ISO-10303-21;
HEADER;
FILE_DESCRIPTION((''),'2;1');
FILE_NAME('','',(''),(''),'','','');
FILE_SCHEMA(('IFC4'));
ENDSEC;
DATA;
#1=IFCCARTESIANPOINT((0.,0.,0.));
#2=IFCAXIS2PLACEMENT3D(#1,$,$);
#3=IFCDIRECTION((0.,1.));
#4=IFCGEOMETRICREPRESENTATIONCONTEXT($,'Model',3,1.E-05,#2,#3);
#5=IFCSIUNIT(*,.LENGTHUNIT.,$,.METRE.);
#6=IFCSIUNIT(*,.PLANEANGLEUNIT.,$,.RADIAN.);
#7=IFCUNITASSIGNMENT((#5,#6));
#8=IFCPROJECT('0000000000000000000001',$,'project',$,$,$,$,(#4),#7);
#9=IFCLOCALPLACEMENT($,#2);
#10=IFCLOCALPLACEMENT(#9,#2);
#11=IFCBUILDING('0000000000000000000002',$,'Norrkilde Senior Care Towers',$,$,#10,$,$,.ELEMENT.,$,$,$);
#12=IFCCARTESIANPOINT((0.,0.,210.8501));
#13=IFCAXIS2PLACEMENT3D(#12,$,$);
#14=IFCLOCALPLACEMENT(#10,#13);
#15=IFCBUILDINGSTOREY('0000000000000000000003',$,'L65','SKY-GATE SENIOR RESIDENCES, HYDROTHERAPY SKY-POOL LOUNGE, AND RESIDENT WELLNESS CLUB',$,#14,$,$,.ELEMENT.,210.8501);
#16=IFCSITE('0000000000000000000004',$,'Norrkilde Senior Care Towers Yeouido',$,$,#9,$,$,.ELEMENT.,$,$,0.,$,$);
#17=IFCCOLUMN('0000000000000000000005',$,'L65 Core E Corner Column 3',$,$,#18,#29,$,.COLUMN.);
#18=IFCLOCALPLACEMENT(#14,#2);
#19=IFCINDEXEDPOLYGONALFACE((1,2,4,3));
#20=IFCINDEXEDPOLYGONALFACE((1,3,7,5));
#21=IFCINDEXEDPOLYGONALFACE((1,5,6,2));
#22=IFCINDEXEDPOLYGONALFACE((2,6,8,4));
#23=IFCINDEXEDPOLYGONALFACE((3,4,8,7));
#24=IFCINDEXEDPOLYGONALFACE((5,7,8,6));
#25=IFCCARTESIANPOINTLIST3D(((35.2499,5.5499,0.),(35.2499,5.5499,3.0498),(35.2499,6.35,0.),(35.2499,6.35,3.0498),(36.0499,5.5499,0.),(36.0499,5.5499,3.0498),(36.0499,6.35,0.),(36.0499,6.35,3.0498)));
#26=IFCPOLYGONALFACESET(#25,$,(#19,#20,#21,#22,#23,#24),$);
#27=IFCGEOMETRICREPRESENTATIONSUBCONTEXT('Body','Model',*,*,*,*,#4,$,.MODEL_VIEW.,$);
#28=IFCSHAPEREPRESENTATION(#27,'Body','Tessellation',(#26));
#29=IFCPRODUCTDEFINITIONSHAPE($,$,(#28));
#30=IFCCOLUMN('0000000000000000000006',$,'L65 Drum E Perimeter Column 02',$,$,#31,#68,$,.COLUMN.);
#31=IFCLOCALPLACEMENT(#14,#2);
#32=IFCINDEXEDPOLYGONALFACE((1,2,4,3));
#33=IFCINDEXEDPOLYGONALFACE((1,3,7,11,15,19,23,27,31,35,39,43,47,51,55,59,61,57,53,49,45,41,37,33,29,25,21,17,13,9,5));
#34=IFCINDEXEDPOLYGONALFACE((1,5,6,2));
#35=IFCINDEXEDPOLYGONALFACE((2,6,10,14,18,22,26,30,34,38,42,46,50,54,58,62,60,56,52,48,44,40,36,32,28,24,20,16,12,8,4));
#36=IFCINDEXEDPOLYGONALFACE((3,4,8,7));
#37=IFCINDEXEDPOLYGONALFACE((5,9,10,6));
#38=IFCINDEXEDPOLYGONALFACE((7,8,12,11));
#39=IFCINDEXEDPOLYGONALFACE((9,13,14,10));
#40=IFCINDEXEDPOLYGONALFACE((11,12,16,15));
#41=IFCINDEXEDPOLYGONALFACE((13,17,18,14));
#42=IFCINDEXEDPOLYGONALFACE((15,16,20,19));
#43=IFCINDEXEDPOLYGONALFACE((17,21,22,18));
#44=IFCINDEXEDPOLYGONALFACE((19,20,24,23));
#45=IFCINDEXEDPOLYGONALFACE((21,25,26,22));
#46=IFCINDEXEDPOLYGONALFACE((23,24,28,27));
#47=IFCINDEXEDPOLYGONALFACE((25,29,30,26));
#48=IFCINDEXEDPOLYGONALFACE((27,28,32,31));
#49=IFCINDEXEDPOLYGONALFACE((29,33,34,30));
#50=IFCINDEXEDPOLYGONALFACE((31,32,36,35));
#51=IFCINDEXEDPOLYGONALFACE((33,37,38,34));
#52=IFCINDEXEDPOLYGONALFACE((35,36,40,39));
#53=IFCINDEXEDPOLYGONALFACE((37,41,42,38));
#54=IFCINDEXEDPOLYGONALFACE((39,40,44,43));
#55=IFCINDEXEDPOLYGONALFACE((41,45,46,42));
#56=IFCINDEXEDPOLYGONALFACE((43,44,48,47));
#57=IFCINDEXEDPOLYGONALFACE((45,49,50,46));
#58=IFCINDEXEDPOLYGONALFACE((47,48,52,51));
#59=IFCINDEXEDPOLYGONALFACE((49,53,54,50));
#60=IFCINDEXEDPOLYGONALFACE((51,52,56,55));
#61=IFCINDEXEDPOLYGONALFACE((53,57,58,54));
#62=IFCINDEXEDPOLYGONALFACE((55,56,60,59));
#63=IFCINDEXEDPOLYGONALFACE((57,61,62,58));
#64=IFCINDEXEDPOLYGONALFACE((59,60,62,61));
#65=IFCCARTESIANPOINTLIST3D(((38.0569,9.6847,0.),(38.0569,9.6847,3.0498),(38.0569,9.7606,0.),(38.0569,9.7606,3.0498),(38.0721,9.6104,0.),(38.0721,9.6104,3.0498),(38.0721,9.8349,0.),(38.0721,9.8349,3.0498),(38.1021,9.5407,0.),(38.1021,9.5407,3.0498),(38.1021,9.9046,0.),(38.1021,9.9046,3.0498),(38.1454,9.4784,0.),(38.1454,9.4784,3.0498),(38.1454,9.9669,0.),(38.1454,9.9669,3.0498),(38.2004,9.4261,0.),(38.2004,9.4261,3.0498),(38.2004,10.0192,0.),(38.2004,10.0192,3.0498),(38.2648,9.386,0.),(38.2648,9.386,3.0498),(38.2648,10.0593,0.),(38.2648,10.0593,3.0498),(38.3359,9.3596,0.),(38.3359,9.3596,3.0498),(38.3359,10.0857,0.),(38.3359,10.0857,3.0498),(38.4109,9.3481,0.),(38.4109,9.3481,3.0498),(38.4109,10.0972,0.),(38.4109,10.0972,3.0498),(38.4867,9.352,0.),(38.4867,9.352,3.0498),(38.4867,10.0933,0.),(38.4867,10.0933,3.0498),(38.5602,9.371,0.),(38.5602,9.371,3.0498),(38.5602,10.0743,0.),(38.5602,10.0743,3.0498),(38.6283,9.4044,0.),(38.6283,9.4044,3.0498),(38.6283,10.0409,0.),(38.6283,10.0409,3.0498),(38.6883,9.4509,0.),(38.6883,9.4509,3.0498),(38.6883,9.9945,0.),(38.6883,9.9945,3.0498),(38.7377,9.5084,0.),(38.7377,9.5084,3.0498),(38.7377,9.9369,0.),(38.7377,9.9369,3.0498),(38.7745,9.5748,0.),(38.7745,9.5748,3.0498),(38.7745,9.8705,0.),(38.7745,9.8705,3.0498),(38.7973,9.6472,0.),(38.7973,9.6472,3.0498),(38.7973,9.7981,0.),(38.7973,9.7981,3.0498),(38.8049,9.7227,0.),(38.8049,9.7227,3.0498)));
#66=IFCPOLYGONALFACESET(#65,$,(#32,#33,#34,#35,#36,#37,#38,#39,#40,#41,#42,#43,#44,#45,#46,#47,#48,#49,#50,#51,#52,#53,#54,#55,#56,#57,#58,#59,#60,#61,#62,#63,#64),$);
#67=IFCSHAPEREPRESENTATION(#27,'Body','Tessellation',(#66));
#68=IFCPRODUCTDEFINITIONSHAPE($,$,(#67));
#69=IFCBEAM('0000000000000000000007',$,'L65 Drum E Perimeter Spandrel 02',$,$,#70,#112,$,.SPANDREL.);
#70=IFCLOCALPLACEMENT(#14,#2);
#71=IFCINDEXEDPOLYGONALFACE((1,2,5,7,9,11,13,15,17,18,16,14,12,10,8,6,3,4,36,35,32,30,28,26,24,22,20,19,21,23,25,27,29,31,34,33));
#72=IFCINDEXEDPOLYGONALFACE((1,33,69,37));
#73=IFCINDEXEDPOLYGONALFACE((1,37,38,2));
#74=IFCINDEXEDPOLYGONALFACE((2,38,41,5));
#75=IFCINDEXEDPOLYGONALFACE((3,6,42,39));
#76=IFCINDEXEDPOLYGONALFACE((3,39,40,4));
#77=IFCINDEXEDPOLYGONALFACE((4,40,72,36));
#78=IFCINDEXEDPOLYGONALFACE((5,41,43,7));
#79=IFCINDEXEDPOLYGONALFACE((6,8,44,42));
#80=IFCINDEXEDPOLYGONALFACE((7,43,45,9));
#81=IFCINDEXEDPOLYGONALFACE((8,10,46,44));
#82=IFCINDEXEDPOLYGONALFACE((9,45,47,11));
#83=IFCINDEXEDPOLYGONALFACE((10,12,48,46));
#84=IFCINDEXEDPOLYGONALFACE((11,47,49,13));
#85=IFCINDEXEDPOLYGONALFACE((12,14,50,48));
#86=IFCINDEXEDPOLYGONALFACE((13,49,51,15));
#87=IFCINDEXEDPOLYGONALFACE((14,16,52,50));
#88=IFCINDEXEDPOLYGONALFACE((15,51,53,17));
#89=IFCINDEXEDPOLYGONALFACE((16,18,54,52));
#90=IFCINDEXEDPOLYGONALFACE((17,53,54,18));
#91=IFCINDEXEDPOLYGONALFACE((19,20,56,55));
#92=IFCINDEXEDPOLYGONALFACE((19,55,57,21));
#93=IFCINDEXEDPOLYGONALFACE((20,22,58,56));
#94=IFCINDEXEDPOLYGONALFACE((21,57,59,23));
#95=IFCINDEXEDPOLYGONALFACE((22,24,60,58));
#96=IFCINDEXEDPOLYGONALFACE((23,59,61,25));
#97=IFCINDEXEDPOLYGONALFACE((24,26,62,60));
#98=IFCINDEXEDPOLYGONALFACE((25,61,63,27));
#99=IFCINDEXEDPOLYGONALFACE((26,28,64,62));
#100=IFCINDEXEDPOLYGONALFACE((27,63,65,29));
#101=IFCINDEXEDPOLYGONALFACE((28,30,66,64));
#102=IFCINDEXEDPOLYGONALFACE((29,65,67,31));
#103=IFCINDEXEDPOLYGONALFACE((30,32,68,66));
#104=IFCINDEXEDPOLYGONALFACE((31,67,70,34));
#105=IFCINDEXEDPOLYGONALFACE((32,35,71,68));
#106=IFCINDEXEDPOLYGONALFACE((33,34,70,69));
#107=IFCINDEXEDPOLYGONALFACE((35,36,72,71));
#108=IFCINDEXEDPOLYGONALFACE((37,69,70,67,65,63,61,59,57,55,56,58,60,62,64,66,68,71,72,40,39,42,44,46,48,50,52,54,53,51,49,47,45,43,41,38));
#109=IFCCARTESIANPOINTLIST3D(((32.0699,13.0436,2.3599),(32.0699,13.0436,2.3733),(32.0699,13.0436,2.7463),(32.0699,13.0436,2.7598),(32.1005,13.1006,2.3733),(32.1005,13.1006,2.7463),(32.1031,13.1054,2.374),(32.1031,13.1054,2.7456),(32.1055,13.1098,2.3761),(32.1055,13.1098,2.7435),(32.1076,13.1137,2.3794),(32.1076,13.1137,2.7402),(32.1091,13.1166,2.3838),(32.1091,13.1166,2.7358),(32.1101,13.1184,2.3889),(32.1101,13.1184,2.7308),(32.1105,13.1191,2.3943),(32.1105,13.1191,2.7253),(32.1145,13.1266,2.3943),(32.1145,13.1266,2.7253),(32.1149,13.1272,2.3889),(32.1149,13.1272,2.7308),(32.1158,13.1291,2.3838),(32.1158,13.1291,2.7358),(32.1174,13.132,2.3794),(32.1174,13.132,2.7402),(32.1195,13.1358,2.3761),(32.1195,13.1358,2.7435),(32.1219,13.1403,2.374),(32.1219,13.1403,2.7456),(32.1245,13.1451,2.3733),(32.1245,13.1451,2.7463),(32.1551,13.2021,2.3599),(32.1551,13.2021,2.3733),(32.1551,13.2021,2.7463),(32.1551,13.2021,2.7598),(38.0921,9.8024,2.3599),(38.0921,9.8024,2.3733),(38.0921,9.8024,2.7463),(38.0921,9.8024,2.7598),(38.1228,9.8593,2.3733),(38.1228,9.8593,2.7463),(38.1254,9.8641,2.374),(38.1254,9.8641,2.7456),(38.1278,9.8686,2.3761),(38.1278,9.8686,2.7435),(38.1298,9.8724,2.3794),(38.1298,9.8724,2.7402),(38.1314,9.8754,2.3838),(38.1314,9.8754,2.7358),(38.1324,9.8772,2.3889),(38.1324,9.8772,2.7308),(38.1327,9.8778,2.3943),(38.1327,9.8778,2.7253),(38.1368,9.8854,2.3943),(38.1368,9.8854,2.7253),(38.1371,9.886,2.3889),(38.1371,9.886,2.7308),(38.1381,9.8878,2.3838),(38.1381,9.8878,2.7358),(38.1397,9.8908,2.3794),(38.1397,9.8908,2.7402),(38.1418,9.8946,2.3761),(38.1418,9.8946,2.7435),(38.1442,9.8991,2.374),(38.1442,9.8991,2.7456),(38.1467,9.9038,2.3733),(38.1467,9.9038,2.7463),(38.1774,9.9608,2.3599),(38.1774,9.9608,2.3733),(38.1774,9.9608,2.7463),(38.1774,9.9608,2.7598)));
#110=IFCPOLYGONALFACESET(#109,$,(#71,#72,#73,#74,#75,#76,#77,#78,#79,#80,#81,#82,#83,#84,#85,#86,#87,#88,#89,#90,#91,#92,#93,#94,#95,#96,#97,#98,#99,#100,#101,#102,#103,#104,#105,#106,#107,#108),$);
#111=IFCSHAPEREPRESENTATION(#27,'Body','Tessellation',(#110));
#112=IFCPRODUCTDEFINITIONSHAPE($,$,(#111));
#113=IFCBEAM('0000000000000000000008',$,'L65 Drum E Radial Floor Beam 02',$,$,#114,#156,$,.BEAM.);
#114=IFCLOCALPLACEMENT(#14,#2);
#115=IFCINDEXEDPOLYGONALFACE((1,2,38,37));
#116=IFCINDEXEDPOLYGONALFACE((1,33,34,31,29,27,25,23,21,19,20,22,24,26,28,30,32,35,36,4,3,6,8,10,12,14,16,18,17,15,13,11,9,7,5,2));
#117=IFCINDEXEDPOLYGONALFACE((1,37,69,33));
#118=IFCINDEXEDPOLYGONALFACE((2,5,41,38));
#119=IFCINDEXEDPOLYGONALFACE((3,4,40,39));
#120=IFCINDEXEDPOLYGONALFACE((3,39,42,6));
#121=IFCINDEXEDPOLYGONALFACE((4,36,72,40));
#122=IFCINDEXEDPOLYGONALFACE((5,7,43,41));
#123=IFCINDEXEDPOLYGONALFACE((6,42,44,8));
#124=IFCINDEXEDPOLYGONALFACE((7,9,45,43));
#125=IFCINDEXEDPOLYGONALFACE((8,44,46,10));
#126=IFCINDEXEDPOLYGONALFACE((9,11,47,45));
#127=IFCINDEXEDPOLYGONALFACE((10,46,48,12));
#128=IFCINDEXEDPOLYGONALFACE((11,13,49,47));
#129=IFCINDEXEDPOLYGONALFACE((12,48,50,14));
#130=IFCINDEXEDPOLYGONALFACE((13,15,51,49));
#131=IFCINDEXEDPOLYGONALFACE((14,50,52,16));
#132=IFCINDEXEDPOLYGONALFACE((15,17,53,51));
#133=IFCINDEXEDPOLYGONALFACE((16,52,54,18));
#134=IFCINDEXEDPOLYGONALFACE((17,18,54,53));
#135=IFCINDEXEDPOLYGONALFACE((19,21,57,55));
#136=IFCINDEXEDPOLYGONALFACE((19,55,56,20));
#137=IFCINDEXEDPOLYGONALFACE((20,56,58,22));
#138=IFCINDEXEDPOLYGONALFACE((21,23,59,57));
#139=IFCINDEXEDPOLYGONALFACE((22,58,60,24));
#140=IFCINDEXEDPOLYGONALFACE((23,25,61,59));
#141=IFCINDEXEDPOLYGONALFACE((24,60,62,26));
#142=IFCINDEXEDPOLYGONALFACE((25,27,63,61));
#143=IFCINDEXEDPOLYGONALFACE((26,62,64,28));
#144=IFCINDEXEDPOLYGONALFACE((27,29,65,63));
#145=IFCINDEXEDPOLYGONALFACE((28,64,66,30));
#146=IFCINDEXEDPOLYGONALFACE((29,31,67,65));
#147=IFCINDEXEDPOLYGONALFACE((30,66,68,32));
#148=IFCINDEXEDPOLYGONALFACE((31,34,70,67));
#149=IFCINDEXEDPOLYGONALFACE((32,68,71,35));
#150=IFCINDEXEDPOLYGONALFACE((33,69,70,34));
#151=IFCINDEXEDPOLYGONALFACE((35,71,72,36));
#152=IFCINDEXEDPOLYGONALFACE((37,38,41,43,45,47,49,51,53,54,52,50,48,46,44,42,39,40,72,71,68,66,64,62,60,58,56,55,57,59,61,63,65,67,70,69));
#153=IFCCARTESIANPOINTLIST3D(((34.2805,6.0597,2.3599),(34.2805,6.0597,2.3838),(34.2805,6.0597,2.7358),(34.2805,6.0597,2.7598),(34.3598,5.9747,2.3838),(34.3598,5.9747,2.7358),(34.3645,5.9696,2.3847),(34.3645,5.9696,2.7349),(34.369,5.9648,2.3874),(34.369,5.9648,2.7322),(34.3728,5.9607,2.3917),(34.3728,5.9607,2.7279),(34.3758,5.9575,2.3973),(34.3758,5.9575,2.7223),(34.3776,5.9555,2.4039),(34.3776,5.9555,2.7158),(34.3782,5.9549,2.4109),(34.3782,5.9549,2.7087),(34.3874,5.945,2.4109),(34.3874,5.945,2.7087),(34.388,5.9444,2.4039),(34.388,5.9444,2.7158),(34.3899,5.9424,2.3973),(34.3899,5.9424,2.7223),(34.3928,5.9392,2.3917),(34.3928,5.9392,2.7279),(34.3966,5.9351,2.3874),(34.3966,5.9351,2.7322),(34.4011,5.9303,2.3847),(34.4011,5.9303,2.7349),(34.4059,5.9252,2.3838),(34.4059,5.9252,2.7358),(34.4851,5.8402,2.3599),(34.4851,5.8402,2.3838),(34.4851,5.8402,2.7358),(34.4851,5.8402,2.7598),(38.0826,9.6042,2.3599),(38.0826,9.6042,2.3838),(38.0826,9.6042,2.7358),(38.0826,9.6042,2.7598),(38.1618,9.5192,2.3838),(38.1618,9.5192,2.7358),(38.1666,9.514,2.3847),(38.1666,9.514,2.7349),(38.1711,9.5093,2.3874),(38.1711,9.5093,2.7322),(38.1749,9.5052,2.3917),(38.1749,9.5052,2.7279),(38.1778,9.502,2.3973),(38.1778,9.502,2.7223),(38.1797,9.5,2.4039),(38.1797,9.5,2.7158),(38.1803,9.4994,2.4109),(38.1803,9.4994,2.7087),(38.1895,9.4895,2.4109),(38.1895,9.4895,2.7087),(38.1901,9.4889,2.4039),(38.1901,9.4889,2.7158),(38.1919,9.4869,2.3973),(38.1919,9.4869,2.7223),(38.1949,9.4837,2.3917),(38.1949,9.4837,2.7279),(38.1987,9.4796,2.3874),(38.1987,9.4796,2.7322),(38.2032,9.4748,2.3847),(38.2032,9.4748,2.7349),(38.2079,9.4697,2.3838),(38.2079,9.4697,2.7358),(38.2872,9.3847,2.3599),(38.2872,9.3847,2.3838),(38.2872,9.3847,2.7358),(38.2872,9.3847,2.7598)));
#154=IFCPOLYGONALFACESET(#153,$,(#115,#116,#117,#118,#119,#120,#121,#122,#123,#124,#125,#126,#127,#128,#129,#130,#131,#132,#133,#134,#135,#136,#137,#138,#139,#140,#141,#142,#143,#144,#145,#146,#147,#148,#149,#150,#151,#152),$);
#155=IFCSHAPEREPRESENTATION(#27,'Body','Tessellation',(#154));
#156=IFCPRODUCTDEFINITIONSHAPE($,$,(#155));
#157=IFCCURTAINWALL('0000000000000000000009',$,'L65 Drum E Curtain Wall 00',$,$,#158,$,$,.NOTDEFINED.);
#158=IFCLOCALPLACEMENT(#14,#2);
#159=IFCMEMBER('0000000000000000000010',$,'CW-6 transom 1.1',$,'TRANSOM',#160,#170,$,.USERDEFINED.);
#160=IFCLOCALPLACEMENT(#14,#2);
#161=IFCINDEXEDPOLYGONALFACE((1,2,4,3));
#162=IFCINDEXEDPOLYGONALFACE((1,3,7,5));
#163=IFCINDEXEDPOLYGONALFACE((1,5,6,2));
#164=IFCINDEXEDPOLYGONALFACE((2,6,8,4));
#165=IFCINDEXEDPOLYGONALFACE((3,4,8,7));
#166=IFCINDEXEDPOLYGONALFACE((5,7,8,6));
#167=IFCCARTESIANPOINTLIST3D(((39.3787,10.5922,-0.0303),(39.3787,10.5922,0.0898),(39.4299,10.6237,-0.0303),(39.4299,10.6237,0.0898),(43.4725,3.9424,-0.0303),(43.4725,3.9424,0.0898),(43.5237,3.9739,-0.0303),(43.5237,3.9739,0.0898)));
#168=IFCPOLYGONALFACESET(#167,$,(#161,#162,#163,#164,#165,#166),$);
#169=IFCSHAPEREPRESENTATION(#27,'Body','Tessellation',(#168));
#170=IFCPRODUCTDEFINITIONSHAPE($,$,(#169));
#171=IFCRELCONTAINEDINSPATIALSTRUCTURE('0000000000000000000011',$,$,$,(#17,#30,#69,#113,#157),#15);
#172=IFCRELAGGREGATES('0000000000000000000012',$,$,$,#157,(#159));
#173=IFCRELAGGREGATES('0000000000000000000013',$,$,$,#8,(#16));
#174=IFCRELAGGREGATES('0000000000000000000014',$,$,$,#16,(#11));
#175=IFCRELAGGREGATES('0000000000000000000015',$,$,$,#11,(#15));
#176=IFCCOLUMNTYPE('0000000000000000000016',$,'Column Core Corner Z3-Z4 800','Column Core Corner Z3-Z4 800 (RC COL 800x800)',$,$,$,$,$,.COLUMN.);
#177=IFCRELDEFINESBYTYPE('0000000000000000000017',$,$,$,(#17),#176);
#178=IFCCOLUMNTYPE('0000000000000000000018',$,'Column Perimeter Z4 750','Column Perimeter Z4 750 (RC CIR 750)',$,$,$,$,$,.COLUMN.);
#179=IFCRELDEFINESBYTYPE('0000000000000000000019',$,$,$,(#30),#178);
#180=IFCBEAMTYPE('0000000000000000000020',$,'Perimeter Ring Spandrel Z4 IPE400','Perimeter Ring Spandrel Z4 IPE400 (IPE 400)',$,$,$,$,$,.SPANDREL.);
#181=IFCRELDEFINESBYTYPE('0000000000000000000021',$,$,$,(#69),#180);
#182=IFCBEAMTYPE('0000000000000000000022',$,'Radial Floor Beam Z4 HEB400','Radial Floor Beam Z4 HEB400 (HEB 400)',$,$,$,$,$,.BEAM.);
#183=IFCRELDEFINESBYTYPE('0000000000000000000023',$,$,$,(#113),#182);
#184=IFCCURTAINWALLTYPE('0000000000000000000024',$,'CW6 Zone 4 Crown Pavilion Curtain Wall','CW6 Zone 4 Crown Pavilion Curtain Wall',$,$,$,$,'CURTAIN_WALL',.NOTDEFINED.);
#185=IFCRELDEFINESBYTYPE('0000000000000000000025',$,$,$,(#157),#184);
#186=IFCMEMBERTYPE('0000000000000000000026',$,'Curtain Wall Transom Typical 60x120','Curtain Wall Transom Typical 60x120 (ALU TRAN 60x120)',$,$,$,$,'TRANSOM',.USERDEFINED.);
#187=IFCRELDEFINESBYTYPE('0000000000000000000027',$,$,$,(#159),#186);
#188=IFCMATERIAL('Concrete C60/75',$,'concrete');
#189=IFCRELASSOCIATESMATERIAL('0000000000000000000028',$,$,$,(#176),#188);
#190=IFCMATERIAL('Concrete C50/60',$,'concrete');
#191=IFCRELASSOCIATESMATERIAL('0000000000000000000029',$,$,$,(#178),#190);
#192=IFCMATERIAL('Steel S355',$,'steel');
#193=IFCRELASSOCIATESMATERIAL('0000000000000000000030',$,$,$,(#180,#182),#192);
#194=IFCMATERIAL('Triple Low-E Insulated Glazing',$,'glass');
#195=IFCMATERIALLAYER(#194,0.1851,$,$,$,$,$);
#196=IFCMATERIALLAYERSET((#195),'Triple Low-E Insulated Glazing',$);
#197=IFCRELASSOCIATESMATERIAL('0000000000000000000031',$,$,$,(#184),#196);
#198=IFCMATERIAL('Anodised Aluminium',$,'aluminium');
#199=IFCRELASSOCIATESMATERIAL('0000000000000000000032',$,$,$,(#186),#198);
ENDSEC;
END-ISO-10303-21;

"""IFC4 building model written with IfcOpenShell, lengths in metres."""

from ifc_helpers import new_model, si_unit, direction, frame, origin, origin_2d, place, context, subcontext, project, spatial, rectangle, circle, i_section, extrude, source, transform, mapped, material, layer, layer_set, material_profile, profile_set, type_object, type_shapes, element, aggregate, save


model = new_model("IFC4")

# Units and contexts
model_context = context("Model", 3, precision=1e-05, world=origin(), true_north=direction((0.0, 1.0)))
body_context = subcontext(model_context, "Body", "Model", "MODEL_VIEW")
ifc_project = project(units=[si_unit("LENGTHUNIT", "METRE"), si_unit("PLANEANGLEUNIT", "RADIAN")], contexts=[model_context])

# Site, building, storey
site_placement = place(None, origin())
site = spatial("IfcSite", under=ifc_project, at=site_placement, Name="Norrkilde Senior Care Towers Yeouido", CompositionType="ELEMENT", RefElevation=0.0)
building_placement = place(site_placement, origin())
building = spatial("IfcBuilding", under=site, at=building_placement, Name="Norrkilde Senior Care Towers", CompositionType="ELEMENT")
storey_placement = place(building_placement, frame((0.0, 0.0, 210.8501)))
storey = spatial("IfcBuildingStorey", under=building, at=storey_placement, Name="L65", Description="SKY-GATE SENIOR RESIDENCES, HYDROTHERAPY SKY-POOL LOUNGE, AND RESIDENT WELLNESS CLUB", CompositionType="ELEMENT", Elevation=210.8501)

# Columns
ifc_material_1 = material(Name="Concrete C60/75", Category="concrete")
ifc_material_profile_1 = material_profile(ifc_material_1, rectangle(XDim=0.8, YDim=0.8, at=origin_2d()), Name="RC COL 800x800")
ifc_profile_set_1 = profile_set([ifc_material_profile_1], Name="Concrete C60/75")
column_type_1 = type_object("IfcColumnType", Name="Column Core Corner Z3-Z4 800", Description="Column Core Corner Z3-Z4 800 (RC COL 800x800)", PredefinedType="COLUMN", material=ifc_profile_set_1)
shared_shape_1 = source(origin(), body_context, "Body", "SweptSolid", [
    extrude(rectangle(XDim=0.8, YDim=0.8, at=origin_2d()), origin(), (0.0, 0.0, 1.0), 3.0498),
])
type_shapes(column_type_1, [shared_shape_1])
column_1_placement = place(storey_placement, frame((35.6499, 5.95, 0.0), z_axis=(0.0, 0.0, 1.0), x_axis=(1.0, 0.0, 0.0)))
element("IfcColumn", 1, at=column_1_placement, inside=storey, type_object=column_type_1, Name="L65 Core E Corner Column 3", PredefinedType="COLUMN", context=body_context, shape_type="MappedRepresentation", body=[
    mapped(shared_shape_1, transform((0.0, 0.0, 0.0), x_axis=(1.0, 0.0, 0.0), y_axis=(0.0, 1.0, 0.0), z_axis=(0.0, 0.0, 1.0), scale=1.0)),
])
ifc_material_2 = material(Name="Concrete C50/60", Category="concrete")
ifc_material_profile_2 = material_profile(ifc_material_2, circle(Radius=0.375, at=origin_2d()), Name="RC CIR 750")
ifc_profile_set_2 = profile_set([ifc_material_profile_2], Name="Concrete C50/60")
column_type_2 = type_object("IfcColumnType", Name="Column Perimeter Z4 750", Description="Column Perimeter Z4 750 (RC CIR 750)", PredefinedType="COLUMN", material=ifc_profile_set_2)
shared_shape_2 = source(origin(), body_context, "Body", "SweptSolid", [
    extrude(circle(Radius=0.375, at=origin_2d()), origin(), (0.0, 0.0, 1.0), 3.0498),
])
type_shapes(column_type_2, [shared_shape_2])
column_2_placement = place(storey_placement, frame((38.4299, 9.7227, 0.0), z_axis=(0.0, 0.0, 1.0), x_axis=(1.0, 0.0, 0.0)))
element("IfcColumn", 2, at=column_2_placement, inside=storey, type_object=column_type_2, Name="L65 Drum E Perimeter Column 02", PredefinedType="COLUMN", context=body_context, shape_type="MappedRepresentation", body=[
    mapped(shared_shape_2, transform((0.0, 0.0, 0.0), x_axis=(1.0, 0.0, 0.0), y_axis=(0.0, 1.0, 0.0), z_axis=(0.0, 0.0, 1.0), scale=1.0)),
])

# Beams
ifc_material_3 = material(Name="Steel S355", Category="steel")
ifc_material_profile_3 = material_profile(ifc_material_3, i_section(OverallWidth=0.1799, OverallDepth=0.3999, WebThickness=0.0085, FlangeThickness=0.0134, FilletRadius=0.021, at=origin_2d()), Name="IPE 400")
ifc_profile_set_3 = profile_set([ifc_material_profile_3], Name="Steel S355")
beam_type_1 = type_object("IfcBeamType", Name="Perimeter Ring Spandrel Z4 IPE400", Description="Perimeter Ring Spandrel Z4 IPE400 (IPE 400)", PredefinedType="SPANDREL", material=ifc_profile_set_3)
shared_shape_3 = source(origin(), body_context, "Body", "SweptSolid", [
    extrude(i_section(OverallWidth=0.1799, OverallDepth=0.3999, WebThickness=0.0085, FlangeThickness=0.0134, FilletRadius=0.021, at=origin_2d()), origin(), (0.0, 0.0, 1.0), 6.8391),
])
type_shapes(beam_type_1, [shared_shape_3])
beam_1_placement = place(storey_placement, frame((38.1348, 9.8816, 2.5598), z_axis=(-0.880564, 0.473927, 0.0), x_axis=(-0.473927, -0.880564, 0.0)))
element("IfcBeam", 3, at=beam_1_placement, inside=storey, type_object=beam_type_1, Name="L65 Drum E Perimeter Spandrel 02", PredefinedType="SPANDREL", context=body_context, shape_type="MappedRepresentation", body=[
    mapped(shared_shape_3, transform((0.0, 0.0, 0.0), x_axis=(1.0, 0.0, 0.0), y_axis=(0.0, 1.0, 0.0), z_axis=(0.0, 0.0, 1.0), scale=1.0)),
])
ifc_material_profile_4 = material_profile(ifc_material_3, i_section(OverallWidth=0.3, OverallDepth=0.3999, WebThickness=0.0134, FlangeThickness=0.0239, FilletRadius=0.0271, at=origin_2d()), Name="HEB 400")
ifc_profile_set_4 = profile_set([ifc_material_profile_4], Name="Steel S355")
beam_type_2 = type_object("IfcBeamType", Name="Radial Floor Beam Z4 HEB400", Description="Radial Floor Beam Z4 HEB400 (HEB 400)", PredefinedType="BEAM", material=ifc_profile_set_4)
shared_shape_4 = source(origin(), body_context, "Body", "SweptSolid", [
    extrude(i_section(OverallWidth=0.3, OverallDepth=0.3999, WebThickness=0.0134, FlangeThickness=0.0239, FilletRadius=0.0271, at=origin_2d()), origin(), (0.0, 0.0, 1.0), 5.198),
])
type_shapes(beam_type_2, [shared_shape_4])
beam_2_placement = place(storey_placement, frame((34.3828, 5.95, 2.5598), z_axis=(0.731449, 0.681896, 0.0), x_axis=(-0.681896, 0.731449, 0.0)))
element("IfcBeam", 4, at=beam_2_placement, inside=storey, type_object=beam_type_2, Name="L65 Drum E Radial Floor Beam 02", PredefinedType="BEAM", context=body_context, shape_type="MappedRepresentation", body=[
    mapped(shared_shape_4, transform((0.0, 0.0, 0.0), x_axis=(1.0, 0.0, 0.0), y_axis=(0.0, 1.0, 0.0), z_axis=(0.0, 0.0, 1.0), scale=1.0)),
])

# Curtain wall, member
ifc_material_4 = material(Name="Triple Low-E Insulated Glazing", Category="glass")
ifc_layer_1 = layer(ifc_material_4, 0.1851)
ifc_layer_set_1 = layer_set([ifc_layer_1], Name="Triple Low-E Insulated Glazing")
curtain_wall_type = type_object("IfcCurtainWallType", Name="CW6 Zone 4 Crown Pavilion Curtain Wall", Description="CW6 Zone 4 Crown Pavilion Curtain Wall", ElementType="CURTAIN_WALL", PredefinedType="NOTDEFINED", material=ifc_layer_set_1)
curtain_wall_1_placement = place(storey_placement, origin())
curtain_wall_1 = element("IfcCurtainWall", 5, at=curtain_wall_1_placement, inside=storey, type_object=curtain_wall_type, Name="L65 Drum E Curtain Wall 00", PredefinedType="NOTDEFINED")
ifc_material_5 = material(Name="Anodised Aluminium", Category="aluminium")
ifc_material_profile_5 = material_profile(ifc_material_5, rectangle(XDim=0.0601, YDim=0.1201, at=origin_2d()), Name="ALU TRAN 60x120")
ifc_profile_set_5 = profile_set([ifc_material_profile_5], Name="Anodised Aluminium")
member_type_1 = type_object("IfcMemberType", Name="Curtain Wall Transom Typical 60x120", Description="Curtain Wall Transom Typical 60x120 (ALU TRAN 60x120)", ElementType="TRANSOM", PredefinedType="USERDEFINED", material=ifc_profile_set_5)
shared_shape_5 = source(origin(), body_context, "Body", "SweptSolid", [
    extrude(rectangle(XDim=0.0601, YDim=0.1201, at=origin_2d()), origin(), (0.0, 0.0, 1.0), 7.8088),
])
member_1_placement = place(storey_placement, frame((39.4043, 10.6079, 0.0298), z_axis=(0.524251, -0.851564, 0.0), x_axis=(0.851564, 0.524251, 0.0)))
member_1 = element("IfcMember", 6, at=member_1_placement, type_object=member_type_1, Name="CW-6 transom 1.1", ObjectType="TRANSOM", PredefinedType="USERDEFINED", context=body_context, shape_type="MappedRepresentation", body=[
    mapped(shared_shape_5, transform((0.0, 0.0, 0.0), x_axis=(1.0, 0.0, 0.0), y_axis=(0.0, 1.0, 0.0), z_axis=(0.0, 0.0, 1.0), scale=1.0)),
])

aggregate(curtain_wall_1, [member_1])

save(model, "model.ifc")
